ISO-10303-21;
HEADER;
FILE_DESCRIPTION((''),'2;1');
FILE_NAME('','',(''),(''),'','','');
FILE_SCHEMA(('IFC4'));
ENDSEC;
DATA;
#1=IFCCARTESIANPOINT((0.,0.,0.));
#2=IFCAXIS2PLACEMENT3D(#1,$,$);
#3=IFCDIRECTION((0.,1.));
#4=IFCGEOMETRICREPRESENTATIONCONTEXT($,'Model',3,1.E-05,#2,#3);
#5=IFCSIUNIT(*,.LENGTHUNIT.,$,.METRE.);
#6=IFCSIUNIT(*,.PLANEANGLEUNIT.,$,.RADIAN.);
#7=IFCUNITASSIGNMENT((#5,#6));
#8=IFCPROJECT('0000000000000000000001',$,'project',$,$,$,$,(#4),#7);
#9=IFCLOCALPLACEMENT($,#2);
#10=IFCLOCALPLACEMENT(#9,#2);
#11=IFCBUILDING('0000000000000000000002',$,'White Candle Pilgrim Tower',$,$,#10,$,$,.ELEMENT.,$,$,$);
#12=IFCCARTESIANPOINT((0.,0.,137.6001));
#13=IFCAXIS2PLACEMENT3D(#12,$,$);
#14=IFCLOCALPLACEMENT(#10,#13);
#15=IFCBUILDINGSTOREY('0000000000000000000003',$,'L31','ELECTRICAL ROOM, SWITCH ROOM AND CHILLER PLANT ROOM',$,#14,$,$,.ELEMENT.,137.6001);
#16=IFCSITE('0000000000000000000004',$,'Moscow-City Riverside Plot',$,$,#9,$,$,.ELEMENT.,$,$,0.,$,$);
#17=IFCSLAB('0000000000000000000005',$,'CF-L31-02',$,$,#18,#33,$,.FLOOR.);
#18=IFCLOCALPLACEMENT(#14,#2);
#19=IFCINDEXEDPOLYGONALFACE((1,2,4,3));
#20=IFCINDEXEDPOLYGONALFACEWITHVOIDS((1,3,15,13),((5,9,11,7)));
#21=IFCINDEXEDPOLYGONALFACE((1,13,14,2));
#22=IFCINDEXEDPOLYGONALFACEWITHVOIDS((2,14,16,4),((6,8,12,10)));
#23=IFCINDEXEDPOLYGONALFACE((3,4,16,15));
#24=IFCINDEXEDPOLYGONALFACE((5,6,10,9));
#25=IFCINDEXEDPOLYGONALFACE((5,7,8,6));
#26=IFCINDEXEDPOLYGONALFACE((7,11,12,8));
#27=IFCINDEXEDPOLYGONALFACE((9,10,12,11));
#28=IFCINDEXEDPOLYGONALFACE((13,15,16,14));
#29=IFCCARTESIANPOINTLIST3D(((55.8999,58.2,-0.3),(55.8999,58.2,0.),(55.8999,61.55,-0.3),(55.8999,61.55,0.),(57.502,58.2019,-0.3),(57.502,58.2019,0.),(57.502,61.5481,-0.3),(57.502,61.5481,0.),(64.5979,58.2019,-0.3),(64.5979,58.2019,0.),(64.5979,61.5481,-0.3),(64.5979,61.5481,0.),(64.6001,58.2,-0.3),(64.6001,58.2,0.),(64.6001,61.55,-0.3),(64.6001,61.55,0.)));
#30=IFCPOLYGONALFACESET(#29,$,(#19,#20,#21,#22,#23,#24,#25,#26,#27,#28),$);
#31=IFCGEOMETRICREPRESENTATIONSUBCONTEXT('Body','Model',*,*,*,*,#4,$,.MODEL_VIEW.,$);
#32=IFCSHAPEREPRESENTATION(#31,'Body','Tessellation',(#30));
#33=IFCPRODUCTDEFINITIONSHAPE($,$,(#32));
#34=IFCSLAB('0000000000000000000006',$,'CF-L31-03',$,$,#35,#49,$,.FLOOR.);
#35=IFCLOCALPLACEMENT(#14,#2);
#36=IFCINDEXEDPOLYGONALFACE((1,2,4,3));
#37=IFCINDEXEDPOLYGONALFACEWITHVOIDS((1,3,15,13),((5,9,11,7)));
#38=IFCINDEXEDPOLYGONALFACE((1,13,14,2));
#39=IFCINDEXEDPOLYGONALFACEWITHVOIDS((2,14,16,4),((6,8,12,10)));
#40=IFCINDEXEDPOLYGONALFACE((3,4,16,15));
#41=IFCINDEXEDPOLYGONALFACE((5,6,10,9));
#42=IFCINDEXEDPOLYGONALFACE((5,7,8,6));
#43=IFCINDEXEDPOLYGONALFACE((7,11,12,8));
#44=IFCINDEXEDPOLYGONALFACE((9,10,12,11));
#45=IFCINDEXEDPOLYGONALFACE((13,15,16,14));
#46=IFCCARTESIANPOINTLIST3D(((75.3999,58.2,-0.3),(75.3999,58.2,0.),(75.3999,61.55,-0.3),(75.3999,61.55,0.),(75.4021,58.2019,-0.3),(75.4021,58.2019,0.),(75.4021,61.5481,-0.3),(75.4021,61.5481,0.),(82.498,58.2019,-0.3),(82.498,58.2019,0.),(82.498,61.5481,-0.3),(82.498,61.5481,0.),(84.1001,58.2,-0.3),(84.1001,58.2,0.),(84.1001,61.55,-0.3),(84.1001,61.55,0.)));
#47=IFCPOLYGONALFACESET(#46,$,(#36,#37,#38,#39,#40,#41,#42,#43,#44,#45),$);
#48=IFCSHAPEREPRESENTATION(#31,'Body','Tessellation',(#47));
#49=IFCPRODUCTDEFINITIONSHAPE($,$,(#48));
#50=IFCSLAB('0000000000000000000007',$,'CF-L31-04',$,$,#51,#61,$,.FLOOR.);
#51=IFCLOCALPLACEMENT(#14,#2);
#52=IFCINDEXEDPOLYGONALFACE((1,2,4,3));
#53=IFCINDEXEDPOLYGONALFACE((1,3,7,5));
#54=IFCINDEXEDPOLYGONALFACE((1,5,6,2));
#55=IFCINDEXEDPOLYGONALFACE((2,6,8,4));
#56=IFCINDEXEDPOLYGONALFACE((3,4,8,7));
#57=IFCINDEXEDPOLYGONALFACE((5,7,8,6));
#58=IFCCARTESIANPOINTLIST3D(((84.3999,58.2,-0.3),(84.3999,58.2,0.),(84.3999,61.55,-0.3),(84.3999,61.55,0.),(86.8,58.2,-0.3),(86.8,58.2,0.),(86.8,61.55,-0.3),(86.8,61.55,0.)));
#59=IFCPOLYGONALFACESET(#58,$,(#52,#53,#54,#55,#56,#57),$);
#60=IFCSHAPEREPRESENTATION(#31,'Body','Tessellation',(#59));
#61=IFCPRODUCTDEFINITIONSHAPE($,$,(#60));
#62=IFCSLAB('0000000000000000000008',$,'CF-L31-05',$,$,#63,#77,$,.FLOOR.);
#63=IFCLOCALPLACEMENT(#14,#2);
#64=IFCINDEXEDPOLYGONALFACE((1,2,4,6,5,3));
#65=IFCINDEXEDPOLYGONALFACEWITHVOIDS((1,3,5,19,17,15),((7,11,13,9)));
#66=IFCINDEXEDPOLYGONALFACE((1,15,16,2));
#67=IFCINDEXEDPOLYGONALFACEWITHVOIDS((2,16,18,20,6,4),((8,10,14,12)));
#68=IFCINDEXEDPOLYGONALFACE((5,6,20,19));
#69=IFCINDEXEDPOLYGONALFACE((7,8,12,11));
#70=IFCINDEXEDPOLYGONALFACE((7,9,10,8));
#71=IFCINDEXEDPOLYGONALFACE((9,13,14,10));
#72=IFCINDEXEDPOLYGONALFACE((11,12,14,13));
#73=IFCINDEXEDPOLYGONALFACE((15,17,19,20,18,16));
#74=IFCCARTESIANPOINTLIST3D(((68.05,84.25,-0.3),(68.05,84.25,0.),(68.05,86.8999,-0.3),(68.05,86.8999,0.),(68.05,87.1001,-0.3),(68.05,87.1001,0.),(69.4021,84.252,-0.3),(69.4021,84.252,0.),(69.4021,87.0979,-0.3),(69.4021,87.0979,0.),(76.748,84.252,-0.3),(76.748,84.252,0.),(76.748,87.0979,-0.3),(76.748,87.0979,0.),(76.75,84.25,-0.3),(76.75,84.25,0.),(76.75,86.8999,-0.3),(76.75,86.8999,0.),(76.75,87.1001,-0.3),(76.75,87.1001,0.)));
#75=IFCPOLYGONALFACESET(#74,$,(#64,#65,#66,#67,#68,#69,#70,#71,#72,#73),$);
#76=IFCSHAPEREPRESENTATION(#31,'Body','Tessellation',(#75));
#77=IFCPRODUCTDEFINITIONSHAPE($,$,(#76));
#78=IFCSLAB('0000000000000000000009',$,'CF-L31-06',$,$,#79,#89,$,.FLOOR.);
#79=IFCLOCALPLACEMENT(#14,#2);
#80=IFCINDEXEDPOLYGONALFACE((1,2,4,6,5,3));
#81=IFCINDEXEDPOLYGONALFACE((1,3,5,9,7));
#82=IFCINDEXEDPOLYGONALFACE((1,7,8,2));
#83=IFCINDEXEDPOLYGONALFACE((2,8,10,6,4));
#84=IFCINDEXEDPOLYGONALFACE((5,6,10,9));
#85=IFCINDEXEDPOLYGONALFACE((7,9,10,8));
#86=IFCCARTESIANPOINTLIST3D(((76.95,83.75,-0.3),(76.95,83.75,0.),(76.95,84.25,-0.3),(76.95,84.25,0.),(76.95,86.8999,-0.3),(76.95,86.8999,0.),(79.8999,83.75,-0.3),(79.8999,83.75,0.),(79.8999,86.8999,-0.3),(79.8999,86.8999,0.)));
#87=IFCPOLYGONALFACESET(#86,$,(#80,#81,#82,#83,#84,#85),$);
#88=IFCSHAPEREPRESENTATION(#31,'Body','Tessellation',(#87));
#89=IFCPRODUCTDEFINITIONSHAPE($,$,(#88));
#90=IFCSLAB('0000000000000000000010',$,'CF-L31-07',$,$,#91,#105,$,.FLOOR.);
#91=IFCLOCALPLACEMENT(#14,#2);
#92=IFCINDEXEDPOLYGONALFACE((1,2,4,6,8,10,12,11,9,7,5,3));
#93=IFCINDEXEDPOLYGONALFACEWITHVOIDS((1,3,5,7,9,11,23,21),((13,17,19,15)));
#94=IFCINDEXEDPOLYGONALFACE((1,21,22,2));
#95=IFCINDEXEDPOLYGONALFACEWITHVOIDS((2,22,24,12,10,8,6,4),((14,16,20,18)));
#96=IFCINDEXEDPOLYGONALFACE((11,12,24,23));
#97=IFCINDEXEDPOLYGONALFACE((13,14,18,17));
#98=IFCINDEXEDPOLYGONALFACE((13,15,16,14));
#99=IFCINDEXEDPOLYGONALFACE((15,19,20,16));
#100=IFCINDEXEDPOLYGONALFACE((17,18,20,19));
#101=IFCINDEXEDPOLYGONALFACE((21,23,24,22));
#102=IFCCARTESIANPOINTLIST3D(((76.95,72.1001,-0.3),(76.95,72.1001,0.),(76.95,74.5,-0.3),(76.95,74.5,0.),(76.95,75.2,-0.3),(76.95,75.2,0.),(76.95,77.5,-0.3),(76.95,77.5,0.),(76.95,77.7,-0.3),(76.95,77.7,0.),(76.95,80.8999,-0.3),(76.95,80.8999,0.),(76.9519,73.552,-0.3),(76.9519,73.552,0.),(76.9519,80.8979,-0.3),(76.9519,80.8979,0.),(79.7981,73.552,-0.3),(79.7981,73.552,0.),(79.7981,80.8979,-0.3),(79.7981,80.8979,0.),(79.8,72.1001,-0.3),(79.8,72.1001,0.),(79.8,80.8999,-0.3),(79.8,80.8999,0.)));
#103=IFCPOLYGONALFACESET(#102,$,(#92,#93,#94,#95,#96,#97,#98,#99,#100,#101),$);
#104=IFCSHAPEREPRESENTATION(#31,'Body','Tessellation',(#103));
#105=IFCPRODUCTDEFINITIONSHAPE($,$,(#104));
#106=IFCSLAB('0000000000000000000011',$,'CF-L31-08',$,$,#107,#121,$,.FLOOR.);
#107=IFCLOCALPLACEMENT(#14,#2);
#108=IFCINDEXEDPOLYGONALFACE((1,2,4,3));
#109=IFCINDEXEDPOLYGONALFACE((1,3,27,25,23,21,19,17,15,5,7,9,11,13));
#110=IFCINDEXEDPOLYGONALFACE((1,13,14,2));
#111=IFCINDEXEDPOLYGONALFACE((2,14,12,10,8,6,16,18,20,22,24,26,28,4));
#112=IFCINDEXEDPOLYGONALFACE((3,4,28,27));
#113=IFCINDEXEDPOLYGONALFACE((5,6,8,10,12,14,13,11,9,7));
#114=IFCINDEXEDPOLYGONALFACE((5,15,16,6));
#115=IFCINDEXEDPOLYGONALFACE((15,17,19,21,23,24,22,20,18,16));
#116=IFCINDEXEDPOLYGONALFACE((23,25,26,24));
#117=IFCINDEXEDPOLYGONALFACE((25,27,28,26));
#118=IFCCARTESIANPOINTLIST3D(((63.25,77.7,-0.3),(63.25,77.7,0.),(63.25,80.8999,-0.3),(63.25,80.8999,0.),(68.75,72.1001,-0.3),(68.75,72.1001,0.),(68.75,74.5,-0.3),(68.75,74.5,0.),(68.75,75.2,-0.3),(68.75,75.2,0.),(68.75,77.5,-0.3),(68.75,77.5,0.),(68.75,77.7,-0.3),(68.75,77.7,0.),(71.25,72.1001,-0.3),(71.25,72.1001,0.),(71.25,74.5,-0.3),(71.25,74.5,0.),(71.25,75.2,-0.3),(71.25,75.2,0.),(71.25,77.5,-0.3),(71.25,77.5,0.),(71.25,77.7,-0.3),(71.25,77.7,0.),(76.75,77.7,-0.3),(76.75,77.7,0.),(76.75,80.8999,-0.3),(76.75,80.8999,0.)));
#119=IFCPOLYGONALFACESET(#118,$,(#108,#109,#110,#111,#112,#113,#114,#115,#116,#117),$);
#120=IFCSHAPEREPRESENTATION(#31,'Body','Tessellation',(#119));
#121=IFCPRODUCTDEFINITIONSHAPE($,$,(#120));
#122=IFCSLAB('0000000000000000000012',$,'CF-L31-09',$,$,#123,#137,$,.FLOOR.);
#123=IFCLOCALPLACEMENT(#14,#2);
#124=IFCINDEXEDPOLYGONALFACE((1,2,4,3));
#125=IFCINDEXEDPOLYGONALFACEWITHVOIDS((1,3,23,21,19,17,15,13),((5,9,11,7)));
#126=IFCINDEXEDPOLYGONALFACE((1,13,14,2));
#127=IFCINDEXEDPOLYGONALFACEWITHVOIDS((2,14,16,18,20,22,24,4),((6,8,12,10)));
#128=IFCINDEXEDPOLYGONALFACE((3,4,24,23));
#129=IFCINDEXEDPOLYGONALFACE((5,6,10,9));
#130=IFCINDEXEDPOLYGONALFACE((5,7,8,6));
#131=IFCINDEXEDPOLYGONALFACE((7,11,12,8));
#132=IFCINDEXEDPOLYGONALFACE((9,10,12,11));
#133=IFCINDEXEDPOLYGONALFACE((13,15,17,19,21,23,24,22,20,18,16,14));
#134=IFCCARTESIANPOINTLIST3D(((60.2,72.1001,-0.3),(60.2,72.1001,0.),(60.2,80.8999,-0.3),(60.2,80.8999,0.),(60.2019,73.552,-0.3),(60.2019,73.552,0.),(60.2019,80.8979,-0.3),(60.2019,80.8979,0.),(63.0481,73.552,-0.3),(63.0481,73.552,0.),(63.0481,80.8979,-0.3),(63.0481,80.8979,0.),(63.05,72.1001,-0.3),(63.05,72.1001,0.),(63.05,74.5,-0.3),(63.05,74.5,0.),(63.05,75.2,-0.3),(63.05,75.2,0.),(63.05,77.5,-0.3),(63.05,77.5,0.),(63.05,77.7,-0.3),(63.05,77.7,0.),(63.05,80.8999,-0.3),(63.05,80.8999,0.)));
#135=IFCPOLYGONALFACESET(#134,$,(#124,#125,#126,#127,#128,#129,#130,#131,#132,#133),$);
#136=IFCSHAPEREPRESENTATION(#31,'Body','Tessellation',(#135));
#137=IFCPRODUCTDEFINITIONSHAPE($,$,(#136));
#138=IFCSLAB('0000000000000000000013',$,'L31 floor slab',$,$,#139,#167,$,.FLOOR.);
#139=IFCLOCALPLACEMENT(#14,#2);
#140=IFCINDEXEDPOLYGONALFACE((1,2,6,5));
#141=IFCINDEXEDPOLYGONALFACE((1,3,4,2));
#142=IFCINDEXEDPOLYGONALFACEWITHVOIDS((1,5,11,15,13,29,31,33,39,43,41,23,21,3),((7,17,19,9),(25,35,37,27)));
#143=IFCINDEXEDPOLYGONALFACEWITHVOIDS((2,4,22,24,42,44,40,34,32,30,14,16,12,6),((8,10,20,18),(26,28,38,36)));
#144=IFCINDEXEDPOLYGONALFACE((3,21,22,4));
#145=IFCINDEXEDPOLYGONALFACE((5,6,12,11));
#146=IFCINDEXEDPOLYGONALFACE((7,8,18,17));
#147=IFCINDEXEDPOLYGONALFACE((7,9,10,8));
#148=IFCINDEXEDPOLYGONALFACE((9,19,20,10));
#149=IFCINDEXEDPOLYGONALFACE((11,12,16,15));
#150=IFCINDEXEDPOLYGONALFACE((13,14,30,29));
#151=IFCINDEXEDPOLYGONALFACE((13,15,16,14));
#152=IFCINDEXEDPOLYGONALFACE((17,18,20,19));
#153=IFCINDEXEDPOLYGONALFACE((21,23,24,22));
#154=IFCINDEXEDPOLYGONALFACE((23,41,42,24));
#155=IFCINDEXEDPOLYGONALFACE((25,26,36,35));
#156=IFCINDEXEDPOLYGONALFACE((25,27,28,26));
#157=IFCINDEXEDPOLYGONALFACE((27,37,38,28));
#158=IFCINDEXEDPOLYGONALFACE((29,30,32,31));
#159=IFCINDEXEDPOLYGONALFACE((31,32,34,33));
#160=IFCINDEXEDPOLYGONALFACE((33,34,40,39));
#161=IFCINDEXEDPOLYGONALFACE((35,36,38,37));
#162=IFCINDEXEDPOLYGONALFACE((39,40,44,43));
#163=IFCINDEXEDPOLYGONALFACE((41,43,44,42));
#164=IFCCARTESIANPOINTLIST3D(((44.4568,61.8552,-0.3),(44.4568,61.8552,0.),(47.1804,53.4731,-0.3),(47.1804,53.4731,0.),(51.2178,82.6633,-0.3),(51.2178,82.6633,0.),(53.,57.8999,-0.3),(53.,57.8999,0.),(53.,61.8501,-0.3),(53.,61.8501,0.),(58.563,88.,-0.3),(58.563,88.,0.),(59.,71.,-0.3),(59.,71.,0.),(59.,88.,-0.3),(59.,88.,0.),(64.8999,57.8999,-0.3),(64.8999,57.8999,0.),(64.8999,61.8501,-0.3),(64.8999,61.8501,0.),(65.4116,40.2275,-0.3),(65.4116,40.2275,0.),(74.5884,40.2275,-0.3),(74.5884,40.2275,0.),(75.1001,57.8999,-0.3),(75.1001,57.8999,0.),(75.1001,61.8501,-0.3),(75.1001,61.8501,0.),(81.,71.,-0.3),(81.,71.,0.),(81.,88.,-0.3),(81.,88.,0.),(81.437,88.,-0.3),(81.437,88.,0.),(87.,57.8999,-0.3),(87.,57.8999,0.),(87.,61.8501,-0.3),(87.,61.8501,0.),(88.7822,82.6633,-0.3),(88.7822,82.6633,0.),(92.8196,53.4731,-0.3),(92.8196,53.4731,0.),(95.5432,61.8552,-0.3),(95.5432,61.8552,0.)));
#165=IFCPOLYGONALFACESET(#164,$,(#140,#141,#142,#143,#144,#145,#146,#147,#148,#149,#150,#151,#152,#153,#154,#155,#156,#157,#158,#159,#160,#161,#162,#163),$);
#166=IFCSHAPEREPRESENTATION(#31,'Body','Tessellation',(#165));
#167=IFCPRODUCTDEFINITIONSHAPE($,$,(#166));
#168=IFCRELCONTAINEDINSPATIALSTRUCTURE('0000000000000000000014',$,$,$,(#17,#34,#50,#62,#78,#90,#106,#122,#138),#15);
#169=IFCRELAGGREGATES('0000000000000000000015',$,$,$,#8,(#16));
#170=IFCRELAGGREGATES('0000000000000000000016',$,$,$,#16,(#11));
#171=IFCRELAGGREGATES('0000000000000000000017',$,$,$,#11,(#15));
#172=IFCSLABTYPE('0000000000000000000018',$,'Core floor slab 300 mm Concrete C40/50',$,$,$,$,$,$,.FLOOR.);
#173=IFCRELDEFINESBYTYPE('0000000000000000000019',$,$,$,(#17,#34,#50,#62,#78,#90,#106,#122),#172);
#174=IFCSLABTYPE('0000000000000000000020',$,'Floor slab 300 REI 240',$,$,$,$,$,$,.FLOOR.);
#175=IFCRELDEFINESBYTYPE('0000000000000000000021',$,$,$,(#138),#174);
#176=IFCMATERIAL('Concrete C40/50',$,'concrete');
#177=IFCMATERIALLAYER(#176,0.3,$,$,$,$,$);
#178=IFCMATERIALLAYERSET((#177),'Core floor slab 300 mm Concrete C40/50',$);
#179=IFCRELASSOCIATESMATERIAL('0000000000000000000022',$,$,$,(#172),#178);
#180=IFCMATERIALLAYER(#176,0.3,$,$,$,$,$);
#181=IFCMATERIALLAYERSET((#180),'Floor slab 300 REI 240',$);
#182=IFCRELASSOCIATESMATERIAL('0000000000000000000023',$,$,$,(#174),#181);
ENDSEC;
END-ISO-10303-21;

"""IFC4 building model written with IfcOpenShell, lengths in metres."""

from ifc_helpers import new_model, si_unit, direction, frame, origin, place, context, subcontext, project, spatial, polyline, outline, extrude, material, layer, layer_set, type_object, element, save


model = new_model("IFC4")

# Units and contexts
model_context = context("Model", 3, precision=1e-05, world=origin(), true_north=direction((0.0, 1.0)))
body_context = subcontext(model_context, "Body", "Model", "MODEL_VIEW")
ifc_project = project(units=[si_unit("LENGTHUNIT", "METRE"), si_unit("PLANEANGLEUNIT", "RADIAN")], contexts=[model_context])

# Site, building, storey
site_placement = place(None, origin())
site = spatial("IfcSite", under=ifc_project, at=site_placement, Name="Moscow-City Riverside Plot", CompositionType="ELEMENT", RefElevation=0.0)
building_placement = place(site_placement, origin())
building = spatial("IfcBuilding", under=site, at=building_placement, Name="White Candle Pilgrim Tower", CompositionType="ELEMENT")
storey_placement = place(building_placement, frame((0.0, 0.0, 137.6001)))
storey = spatial("IfcBuildingStorey", under=building, at=storey_placement, Name="L31", Description="ELECTRICAL ROOM, SWITCH ROOM AND CHILLER PLANT ROOM", CompositionType="ELEMENT", Elevation=137.6001)

# Slabs
ifc_material_1 = material(Name="Concrete C40/50", Category="concrete")
ifc_layer_1 = layer(ifc_material_1, 0.3)
ifc_layer_set_1 = layer_set([ifc_layer_1], Name="Core floor slab 300 mm Concrete C40/50")
slab_type_1 = type_object("IfcSlabType", Name="Core floor slab 300 mm Concrete C40/50", PredefinedType="FLOOR", material=ifc_layer_set_1)
slab_1_placement = place(storey_placement, frame((0.0, 0.0, -0.3)))
element("IfcSlab", 1, at=slab_1_placement, inside=storey, type_object=slab_type_1, Name="CF-L31-02", PredefinedType="FLOOR", context=body_context, shape_type="SweptSolid", body=[
    extrude(outline(polyline([(55.8999, 58.2), (55.8999, 61.55), (64.6001, 61.55), (64.6001, 58.2), (55.8999, 58.2)]), holes=[polyline([(57.502, 61.5481), (57.502, 58.2019), (64.5979, 58.2019), (64.5979, 61.5481), (57.502, 61.5481)])]), origin(), (0.0, 0.0, 1.0), 0.3),
])
slab_2_placement = place(storey_placement, frame((0.0, 0.0, -0.3)))
element("IfcSlab", 2, at=slab_2_placement, inside=storey, type_object=slab_type_1, Name="CF-L31-03", PredefinedType="FLOOR", context=body_context, shape_type="SweptSolid", body=[
    extrude(outline(polyline([(75.3999, 58.2), (75.3999, 61.55), (84.1001, 61.55), (84.1001, 58.2), (75.3999, 58.2)]), holes=[polyline([(75.4021, 58.2019), (82.498, 58.2019), (82.498, 61.5481), (75.4021, 61.5481), (75.4021, 58.2019)])]), origin(), (0.0, 0.0, 1.0), 0.3),
])
slab_3_placement = place(storey_placement, frame((0.0, 0.0, -0.3)))
element("IfcSlab", 3, at=slab_3_placement, inside=storey, type_object=slab_type_1, Name="CF-L31-04", PredefinedType="FLOOR", context=body_context, shape_type="SweptSolid", body=[
    extrude(outline(polyline([(86.8, 58.2), (84.3999, 58.2), (84.3999, 61.55), (86.8, 61.55), (86.8, 58.2)])), origin(), (0.0, 0.0, 1.0), 0.3),
])
slab_4_placement = place(storey_placement, frame((0.0, 0.0, -0.3)))
element("IfcSlab", 4, at=slab_4_placement, inside=storey, type_object=slab_type_1, Name="CF-L31-05", PredefinedType="FLOOR", context=body_context, shape_type="SweptSolid", body=[
    extrude(outline(polyline([(76.75, 87.1001), (76.75, 86.8999), (76.75, 84.25), (68.05, 84.25), (68.05, 86.8999), (68.05, 87.1001), (76.75, 87.1001)]), holes=[polyline([(69.4021, 87.0979), (69.4021, 84.252), (76.748, 84.252), (76.748, 87.0979), (69.4021, 87.0979)])]), origin(), (0.0, 0.0, 1.0), 0.3),
])
slab_5_placement = place(storey_placement, frame((0.0, 0.0, -0.3)))
element("IfcSlab", 5, at=slab_5_placement, inside=storey, type_object=slab_type_1, Name="CF-L31-06", PredefinedType="FLOOR", context=body_context, shape_type="SweptSolid", body=[
    extrude(outline(polyline([(79.8999, 86.8999), (79.8999, 83.75), (76.95, 83.75), (76.95, 84.25), (76.95, 86.8999), (79.8999, 86.8999)])), origin(), (0.0, 0.0, 1.0), 0.3),
])
slab_6_placement = place(storey_placement, frame((0.0, 0.0, -0.3)))
element("IfcSlab", 6, at=slab_6_placement, inside=storey, type_object=slab_type_1, Name="CF-L31-07", PredefinedType="FLOOR", context=body_context, shape_type="SweptSolid", body=[
    extrude(outline(polyline([(76.95, 72.1001), (76.95, 74.5), (76.95, 75.2), (76.95, 77.5), (76.95, 77.7), (76.95, 80.8999), (79.8, 80.8999), (79.8, 72.1001), (76.95, 72.1001)]), holes=[polyline([(76.9519, 80.8979), (76.9519, 73.552), (79.7981, 73.552), (79.7981, 80.8979), (76.9519, 80.8979)])]), origin(), (0.0, 0.0, 1.0), 0.3),
])
slab_7_placement = place(storey_placement, frame((0.0, 0.0, -0.3)))
element("IfcSlab", 7, at=slab_7_placement, inside=storey, type_object=slab_type_1, Name="CF-L31-08", PredefinedType="FLOOR", context=body_context, shape_type="SweptSolid", body=[
    extrude(outline(polyline([(68.75, 72.1001), (68.75, 74.5), (68.75, 75.2), (68.75, 77.5), (68.75, 77.7), (63.25, 77.7), (63.25, 80.8999), (76.75, 80.8999), (76.75, 77.7), (71.25, 77.7), (71.25, 77.5), (71.25, 75.2), (71.25, 74.5), (71.25, 72.1001), (68.75, 72.1001)])), origin(), (0.0, 0.0, 1.0), 0.3),
])
slab_8_placement = place(storey_placement, frame((0.0, 0.0, -0.3)))
element("IfcSlab", 8, at=slab_8_placement, inside=storey, type_object=slab_type_1, Name="CF-L31-09", PredefinedType="FLOOR", context=body_context, shape_type="SweptSolid", body=[
    extrude(outline(polyline([(60.2, 72.1001), (60.2, 80.8999), (63.05, 80.8999), (63.05, 77.7), (63.05, 77.5), (63.05, 75.2), (63.05, 74.5), (63.05, 72.1001), (60.2, 72.1001)]), holes=[polyline([(60.2019, 73.552), (63.0481, 73.552), (63.0481, 80.8979), (60.2019, 80.8979), (60.2019, 73.552)])]), origin(), (0.0, 0.0, 1.0), 0.3),
])
ifc_layer_2 = layer(ifc_material_1, 0.3)
ifc_layer_set_2 = layer_set([ifc_layer_2], Name="Floor slab 300 REI 240")
slab_type_2 = type_object("IfcSlabType", Name="Floor slab 300 REI 240", PredefinedType="FLOOR", material=ifc_layer_set_2)
slab_9_placement = place(storey_placement, frame((0.0, 0.0, -0.3)))
element("IfcSlab", 9, at=slab_9_placement, inside=storey, type_object=slab_type_2, Name="L31 floor slab", PredefinedType="FLOOR", context=body_context, shape_type="SweptSolid", body=[
    extrude(outline(polyline([(65.4116, 40.2275), (74.5884, 40.2275), (92.8196, 53.4731), (95.5432, 61.8552), (88.7822, 82.6633), (81.437, 88.0), (81.0, 88.0), (81.0, 71.0), (59.0, 71.0), (59.0, 88.0), (58.563, 88.0), (51.2178, 82.6633), (44.4568, 61.8552), (47.1804, 53.4731), (65.4116, 40.2275)]), holes=[polyline([(53.0, 57.8999), (53.0, 61.8501), (64.8999, 61.8501), (64.8999, 57.8999), (53.0, 57.8999)]), polyline([(75.1001, 57.8999), (75.1001, 61.8501), (87.0, 61.8501), (87.0, 57.8999), (75.1001, 57.8999)])]), origin(), (0.0, 0.0, 1.0), 0.3),
])

save(model, "model.ifc")
